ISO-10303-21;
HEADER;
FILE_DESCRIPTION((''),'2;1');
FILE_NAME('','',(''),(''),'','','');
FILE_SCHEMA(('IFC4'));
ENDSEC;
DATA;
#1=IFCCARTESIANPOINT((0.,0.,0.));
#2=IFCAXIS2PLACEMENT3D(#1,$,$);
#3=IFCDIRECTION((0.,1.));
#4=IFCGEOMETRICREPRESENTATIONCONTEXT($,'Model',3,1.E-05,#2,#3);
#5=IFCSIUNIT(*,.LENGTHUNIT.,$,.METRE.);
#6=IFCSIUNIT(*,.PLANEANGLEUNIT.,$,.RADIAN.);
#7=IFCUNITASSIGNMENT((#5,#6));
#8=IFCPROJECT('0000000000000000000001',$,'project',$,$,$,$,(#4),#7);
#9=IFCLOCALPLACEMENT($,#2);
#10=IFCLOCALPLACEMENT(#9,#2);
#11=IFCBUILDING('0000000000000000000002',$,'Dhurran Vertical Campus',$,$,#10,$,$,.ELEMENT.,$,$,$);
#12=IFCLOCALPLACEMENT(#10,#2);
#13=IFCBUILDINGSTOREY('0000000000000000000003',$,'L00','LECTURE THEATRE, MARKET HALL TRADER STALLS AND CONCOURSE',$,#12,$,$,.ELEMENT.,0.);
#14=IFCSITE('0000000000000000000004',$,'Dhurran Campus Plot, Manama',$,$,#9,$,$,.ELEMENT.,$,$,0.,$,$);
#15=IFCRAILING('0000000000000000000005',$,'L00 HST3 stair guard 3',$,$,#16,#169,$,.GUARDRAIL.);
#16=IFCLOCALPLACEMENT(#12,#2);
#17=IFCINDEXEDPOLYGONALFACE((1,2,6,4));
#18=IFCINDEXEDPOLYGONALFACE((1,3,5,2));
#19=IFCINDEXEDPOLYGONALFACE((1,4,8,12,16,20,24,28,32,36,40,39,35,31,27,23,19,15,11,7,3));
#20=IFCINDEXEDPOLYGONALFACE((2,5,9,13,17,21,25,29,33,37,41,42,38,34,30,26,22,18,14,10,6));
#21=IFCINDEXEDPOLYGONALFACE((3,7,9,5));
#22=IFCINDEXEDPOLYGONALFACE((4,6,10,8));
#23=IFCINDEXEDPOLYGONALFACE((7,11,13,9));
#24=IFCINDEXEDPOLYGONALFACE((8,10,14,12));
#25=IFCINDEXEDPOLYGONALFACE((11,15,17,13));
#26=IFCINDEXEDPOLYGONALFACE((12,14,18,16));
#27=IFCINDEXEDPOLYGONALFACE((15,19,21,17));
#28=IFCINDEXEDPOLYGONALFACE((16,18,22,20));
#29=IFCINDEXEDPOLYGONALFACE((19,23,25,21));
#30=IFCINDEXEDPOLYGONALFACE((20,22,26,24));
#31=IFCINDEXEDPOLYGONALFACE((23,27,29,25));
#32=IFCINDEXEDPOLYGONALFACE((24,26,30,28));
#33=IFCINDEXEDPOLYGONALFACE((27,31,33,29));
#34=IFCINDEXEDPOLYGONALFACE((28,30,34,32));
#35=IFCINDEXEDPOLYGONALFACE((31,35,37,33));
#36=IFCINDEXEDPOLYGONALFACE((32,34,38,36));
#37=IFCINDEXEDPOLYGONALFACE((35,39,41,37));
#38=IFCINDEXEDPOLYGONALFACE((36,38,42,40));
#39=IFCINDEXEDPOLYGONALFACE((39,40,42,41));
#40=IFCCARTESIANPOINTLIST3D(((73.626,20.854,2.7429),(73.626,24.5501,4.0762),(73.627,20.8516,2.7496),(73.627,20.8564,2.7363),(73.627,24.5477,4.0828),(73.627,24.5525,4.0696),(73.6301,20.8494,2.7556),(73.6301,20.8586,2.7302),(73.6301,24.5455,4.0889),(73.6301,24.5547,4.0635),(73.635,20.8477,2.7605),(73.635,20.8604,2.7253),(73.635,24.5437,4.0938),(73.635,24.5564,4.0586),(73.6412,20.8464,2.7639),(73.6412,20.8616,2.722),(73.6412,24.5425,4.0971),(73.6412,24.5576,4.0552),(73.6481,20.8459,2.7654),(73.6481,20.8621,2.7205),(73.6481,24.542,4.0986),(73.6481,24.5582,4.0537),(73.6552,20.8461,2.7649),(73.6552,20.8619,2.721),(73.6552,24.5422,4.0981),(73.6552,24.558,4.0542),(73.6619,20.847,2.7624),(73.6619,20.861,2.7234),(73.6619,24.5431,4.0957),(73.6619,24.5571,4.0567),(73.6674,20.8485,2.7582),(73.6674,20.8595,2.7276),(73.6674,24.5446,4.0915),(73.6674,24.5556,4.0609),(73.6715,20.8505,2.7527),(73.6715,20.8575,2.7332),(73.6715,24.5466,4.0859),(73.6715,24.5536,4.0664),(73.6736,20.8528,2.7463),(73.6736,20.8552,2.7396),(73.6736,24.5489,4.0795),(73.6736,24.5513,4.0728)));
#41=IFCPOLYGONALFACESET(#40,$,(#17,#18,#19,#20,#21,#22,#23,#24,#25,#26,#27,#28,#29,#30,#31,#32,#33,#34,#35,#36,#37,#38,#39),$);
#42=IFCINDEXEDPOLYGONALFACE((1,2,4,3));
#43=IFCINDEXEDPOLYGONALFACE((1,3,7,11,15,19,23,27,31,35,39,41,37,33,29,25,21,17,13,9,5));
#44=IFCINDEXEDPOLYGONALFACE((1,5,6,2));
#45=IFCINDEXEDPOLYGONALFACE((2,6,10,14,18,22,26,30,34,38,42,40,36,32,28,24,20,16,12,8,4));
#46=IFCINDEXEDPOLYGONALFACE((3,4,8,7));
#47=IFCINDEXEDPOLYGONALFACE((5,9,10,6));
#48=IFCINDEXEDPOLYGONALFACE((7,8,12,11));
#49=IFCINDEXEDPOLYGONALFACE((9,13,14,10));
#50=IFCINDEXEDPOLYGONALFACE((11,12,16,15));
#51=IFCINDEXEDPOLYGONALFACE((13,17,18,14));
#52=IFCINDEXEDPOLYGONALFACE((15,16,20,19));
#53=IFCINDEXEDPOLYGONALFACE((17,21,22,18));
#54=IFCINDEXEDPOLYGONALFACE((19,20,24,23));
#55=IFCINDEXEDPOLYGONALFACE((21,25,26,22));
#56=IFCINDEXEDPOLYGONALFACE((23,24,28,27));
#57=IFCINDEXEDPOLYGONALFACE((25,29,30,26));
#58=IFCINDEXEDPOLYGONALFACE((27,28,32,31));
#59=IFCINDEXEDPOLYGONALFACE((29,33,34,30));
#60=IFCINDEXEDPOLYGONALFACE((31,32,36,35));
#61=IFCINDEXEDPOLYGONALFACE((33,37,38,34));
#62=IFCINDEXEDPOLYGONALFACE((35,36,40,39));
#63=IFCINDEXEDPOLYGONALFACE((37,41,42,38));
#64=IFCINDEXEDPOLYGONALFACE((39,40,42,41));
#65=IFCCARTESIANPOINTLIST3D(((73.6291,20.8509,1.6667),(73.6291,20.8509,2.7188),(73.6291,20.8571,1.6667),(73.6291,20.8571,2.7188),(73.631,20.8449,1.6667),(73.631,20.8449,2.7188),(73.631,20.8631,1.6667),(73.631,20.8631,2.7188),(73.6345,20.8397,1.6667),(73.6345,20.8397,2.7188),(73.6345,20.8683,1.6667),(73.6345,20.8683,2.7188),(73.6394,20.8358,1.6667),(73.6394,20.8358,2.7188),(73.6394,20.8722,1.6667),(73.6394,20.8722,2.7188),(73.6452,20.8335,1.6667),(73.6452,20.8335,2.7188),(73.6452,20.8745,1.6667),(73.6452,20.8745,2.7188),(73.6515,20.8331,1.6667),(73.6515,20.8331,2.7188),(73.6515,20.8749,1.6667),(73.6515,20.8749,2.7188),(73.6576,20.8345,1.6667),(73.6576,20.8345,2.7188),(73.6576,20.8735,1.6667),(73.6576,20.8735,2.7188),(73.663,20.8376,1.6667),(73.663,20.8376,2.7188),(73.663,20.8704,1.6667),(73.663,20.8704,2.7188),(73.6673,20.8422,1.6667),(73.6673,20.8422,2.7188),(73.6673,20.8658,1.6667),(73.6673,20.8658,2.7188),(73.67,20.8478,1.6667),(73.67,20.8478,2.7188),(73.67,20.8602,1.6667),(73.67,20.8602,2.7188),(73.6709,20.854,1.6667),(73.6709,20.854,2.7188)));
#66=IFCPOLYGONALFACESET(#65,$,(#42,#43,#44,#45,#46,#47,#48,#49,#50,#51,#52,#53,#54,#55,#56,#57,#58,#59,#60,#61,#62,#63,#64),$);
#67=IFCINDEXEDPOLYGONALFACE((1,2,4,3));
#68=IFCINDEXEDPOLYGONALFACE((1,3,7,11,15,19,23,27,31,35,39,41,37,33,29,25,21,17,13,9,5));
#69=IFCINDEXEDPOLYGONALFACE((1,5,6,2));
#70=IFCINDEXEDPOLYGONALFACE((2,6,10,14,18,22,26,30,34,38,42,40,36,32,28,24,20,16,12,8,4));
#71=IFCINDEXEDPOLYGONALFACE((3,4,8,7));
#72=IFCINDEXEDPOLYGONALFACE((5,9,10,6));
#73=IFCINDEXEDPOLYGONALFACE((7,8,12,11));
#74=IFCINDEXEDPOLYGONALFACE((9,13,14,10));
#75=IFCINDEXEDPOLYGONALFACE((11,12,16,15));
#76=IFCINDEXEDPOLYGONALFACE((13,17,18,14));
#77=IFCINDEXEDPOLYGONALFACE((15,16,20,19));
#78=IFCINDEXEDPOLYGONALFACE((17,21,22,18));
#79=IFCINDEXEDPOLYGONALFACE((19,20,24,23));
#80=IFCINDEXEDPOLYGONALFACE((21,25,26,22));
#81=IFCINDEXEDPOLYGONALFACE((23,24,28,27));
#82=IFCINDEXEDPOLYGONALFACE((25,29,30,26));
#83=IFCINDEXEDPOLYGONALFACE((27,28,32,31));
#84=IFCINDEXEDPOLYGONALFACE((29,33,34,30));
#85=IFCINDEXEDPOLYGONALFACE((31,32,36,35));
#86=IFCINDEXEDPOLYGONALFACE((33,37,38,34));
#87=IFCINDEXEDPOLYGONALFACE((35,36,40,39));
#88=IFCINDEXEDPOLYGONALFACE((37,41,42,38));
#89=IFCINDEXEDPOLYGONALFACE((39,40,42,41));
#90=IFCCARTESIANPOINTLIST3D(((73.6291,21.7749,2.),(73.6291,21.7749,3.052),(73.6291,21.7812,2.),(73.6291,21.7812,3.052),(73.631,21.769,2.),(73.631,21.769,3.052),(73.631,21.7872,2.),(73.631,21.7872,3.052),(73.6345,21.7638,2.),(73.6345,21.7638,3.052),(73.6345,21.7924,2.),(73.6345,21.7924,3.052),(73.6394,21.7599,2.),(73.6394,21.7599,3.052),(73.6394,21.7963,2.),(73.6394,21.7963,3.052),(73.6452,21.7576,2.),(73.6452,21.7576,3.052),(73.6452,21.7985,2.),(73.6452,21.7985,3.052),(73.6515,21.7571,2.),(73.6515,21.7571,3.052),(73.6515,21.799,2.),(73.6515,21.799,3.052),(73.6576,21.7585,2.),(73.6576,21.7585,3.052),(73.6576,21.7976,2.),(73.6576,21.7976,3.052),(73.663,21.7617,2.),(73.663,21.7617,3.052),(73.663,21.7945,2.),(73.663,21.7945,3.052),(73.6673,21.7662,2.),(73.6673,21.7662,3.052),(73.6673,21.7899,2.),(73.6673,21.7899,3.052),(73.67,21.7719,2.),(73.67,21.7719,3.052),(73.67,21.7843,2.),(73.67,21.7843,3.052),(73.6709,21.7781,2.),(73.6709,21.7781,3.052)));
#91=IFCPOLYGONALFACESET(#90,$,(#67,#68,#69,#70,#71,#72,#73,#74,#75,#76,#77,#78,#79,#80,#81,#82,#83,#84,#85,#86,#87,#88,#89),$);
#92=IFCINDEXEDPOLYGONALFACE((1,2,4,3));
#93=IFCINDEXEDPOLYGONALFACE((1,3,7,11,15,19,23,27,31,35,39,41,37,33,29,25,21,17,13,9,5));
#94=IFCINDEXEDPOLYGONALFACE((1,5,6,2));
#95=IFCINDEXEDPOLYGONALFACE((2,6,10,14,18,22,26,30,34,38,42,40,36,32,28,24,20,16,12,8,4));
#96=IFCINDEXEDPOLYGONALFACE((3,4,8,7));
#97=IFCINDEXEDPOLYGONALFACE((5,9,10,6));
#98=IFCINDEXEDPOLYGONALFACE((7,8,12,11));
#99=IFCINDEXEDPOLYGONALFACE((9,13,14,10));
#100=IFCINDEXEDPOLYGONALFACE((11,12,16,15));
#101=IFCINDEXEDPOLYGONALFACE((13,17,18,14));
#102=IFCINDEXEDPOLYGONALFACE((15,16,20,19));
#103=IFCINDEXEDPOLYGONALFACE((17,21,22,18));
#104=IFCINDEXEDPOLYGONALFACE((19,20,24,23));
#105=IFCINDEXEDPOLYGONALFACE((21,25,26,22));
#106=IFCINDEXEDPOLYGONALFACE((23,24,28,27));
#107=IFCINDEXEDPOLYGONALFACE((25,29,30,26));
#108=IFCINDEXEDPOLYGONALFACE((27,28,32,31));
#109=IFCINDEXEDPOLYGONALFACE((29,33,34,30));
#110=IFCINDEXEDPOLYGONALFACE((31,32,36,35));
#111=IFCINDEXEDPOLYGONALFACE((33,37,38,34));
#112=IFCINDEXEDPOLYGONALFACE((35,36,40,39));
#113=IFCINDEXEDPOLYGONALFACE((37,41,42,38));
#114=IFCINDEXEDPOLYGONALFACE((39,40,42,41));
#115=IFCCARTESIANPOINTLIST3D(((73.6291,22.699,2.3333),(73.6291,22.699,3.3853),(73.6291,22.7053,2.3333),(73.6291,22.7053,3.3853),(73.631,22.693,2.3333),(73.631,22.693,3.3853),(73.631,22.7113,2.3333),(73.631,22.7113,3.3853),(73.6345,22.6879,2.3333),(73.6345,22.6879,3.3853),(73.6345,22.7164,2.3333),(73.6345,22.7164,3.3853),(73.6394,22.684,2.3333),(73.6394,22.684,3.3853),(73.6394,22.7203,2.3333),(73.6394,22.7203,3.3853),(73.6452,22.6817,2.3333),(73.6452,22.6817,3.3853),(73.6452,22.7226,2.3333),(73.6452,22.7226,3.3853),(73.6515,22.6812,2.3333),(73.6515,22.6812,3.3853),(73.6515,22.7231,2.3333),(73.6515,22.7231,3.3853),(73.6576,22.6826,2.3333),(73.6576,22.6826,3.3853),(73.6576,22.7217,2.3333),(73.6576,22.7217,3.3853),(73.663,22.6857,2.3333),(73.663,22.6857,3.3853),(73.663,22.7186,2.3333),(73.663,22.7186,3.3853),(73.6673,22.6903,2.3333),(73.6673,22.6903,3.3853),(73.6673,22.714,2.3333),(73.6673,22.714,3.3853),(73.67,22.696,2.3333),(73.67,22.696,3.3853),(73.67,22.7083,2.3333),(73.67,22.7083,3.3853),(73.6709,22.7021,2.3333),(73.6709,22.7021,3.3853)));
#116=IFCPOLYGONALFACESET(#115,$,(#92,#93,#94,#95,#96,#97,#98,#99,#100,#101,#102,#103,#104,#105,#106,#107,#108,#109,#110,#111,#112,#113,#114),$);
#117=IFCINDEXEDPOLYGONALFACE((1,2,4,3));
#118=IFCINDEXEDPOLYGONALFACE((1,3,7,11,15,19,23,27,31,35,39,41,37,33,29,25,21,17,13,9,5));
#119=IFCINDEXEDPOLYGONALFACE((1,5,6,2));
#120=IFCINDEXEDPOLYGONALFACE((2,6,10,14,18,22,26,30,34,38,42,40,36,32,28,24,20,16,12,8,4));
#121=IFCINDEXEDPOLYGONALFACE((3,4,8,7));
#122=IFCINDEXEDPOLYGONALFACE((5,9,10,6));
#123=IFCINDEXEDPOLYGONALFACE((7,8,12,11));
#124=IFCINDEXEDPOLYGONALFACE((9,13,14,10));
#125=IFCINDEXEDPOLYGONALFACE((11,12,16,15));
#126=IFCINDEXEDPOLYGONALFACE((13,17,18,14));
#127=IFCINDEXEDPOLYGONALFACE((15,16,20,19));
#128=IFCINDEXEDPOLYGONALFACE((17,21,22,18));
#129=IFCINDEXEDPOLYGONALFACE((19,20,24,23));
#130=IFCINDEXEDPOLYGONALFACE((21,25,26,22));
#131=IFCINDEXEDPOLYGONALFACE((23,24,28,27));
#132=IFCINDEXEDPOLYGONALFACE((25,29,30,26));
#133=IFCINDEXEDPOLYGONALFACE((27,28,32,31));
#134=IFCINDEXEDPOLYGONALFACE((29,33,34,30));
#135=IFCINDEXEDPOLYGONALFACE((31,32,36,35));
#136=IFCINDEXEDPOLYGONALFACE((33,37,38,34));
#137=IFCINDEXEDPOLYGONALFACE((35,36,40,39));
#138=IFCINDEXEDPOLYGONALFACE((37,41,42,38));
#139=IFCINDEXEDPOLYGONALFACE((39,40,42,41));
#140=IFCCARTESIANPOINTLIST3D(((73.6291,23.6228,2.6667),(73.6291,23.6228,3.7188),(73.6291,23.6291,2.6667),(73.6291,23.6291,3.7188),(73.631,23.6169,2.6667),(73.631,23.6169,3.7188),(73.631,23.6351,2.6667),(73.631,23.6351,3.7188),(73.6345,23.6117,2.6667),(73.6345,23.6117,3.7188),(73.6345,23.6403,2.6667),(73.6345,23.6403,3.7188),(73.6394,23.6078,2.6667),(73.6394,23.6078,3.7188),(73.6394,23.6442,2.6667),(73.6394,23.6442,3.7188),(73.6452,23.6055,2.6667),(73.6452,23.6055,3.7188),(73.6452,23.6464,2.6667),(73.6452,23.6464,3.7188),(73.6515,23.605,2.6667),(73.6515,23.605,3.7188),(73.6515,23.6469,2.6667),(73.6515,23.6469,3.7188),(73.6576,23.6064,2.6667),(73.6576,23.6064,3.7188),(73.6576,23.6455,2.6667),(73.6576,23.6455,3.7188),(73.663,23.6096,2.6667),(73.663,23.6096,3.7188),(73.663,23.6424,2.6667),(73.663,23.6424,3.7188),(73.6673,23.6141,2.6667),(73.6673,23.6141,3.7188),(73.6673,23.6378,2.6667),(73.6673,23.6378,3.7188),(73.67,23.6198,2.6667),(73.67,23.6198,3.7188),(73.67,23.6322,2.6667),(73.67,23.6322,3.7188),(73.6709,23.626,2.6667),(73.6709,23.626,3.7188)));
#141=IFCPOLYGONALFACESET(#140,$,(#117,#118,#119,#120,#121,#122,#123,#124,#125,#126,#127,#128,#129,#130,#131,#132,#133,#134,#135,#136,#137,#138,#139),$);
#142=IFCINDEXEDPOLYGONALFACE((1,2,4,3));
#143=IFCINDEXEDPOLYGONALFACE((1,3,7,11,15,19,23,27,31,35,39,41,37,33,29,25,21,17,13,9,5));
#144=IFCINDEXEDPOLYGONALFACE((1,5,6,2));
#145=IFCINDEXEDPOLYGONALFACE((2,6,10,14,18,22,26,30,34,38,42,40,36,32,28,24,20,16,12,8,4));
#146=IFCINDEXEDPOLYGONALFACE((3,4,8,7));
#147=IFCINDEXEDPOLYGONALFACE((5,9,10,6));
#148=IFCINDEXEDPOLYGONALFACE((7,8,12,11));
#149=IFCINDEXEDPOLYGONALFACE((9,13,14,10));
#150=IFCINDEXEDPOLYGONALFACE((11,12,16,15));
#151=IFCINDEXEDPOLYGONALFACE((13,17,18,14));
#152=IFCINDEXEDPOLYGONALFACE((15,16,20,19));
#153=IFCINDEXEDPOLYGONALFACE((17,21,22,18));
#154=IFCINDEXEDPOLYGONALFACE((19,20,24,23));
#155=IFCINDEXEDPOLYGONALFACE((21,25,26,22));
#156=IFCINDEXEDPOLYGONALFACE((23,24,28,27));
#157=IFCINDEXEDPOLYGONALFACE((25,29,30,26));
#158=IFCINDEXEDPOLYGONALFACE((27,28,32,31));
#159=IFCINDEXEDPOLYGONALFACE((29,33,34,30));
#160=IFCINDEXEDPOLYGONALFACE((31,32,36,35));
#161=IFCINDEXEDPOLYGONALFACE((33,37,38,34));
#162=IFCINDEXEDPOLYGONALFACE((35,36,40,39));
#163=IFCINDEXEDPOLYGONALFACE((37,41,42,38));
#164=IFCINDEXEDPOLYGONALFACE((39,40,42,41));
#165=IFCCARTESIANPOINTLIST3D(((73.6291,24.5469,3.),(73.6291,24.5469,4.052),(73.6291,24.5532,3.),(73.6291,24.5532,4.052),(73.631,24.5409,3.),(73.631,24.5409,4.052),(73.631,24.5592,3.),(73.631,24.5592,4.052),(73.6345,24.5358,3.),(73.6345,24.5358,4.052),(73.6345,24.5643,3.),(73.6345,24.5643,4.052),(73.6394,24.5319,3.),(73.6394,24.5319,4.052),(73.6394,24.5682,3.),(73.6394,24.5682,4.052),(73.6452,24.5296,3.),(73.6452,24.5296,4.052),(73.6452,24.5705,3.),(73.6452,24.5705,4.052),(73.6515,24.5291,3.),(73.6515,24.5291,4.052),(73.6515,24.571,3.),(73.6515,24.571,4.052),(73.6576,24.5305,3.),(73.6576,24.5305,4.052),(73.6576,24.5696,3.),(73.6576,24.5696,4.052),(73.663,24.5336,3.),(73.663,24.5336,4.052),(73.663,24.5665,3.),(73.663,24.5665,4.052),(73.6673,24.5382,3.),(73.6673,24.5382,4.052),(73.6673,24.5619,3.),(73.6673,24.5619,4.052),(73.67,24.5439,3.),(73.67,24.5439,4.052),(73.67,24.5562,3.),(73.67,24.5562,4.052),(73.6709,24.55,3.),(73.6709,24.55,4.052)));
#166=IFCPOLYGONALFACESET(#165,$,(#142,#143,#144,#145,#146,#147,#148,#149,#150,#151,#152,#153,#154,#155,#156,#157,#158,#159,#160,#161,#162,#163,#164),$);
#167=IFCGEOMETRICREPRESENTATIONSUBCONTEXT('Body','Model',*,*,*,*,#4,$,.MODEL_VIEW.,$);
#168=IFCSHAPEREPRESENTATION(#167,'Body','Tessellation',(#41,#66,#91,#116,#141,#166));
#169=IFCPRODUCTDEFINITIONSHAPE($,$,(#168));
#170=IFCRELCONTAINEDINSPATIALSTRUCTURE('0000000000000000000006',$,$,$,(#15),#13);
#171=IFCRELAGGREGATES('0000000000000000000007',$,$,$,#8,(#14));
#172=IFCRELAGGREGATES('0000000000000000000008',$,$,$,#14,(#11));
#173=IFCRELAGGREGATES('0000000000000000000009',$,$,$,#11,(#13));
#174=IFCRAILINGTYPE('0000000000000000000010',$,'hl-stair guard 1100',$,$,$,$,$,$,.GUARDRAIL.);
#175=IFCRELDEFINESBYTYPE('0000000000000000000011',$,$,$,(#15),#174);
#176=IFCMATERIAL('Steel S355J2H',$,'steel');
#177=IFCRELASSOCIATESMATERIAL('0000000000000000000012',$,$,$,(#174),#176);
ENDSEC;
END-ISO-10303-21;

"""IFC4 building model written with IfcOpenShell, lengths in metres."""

from ifc_helpers import new_model, si_unit, direction, frame, origin, origin_2d, place, context, subcontext, project, spatial, circle, extrude, material, type_object, element, save


model = new_model("IFC4")

# Units and contexts
model_context = context("Model", 3, precision=1e-05, world=origin(), true_north=direction((0.0, 1.0)))
body_context = subcontext(model_context, "Body", "Model", "MODEL_VIEW")
ifc_project = project(units=[si_unit("LENGTHUNIT", "METRE"), si_unit("PLANEANGLEUNIT", "RADIAN")], contexts=[model_context])

# Site, building, storey
site_placement = place(None, origin())
site = spatial("IfcSite", under=ifc_project, at=site_placement, Name="Dhurran Campus Plot, Manama", CompositionType="ELEMENT", RefElevation=0.0)
building_placement = place(site_placement, origin())
building = spatial("IfcBuilding", under=site, at=building_placement, Name="Dhurran Vertical Campus", CompositionType="ELEMENT")
storey_placement = place(building_placement, origin())
storey = spatial("IfcBuildingStorey", under=building, at=storey_placement, Name="L00", Description="LECTURE THEATRE, MARKET HALL TRADER STALLS AND CONCOURSE", CompositionType="ELEMENT", Elevation=0.0)

# Railing
ifc_material_1 = material(Name="Steel S355J2H", Category="steel")
railing_type_1 = type_object("IfcRailingType", Name="hl-stair guard 1100", PredefinedType="GUARDRAIL", material=ifc_material_1)
railing_1_placement = place(storey_placement, frame((73.6499, 20.854, 1.6667)))
element("IfcRailing", 1, at=railing_1_placement, inside=storey, type_object=railing_type_1, Name="L00 HST3 stair guard 3", PredefinedType="GUARDRAIL", context=body_context, shape_type="SweptSolid", body=[
    extrude(circle(Radius=0.0239, at=origin_2d()), frame((0.0, 0.0, 1.0762), z_axis=(0.0, 0.94067, 0.339322), x_axis=(-1.0, 0.0, 0.0)), (0.0, 0.0, 1.0), 3.9292),
    extrude(circle(Radius=0.021, at=origin_2d()), origin(), (0.0, 0.0, 1.0), 1.052),
    extrude(circle(Radius=0.021, at=origin_2d()), frame((0.0, 0.9241, 0.3333)), (0.0, 0.0, 1.0), 1.052),
    extrude(circle(Radius=0.021, at=origin_2d()), frame((0.0, 1.8481, 0.6665)), (0.0, 0.0, 1.0), 1.052),
    extrude(circle(Radius=0.021, at=origin_2d()), frame((0.0, 2.772, 1.0)), (0.0, 0.0, 1.0), 1.052),
    extrude(circle(Radius=0.021, at=origin_2d()), frame((0.0, 3.696, 1.3333)), (0.0, 0.0, 1.0), 1.052),
])

save(model, "model.ifc")
